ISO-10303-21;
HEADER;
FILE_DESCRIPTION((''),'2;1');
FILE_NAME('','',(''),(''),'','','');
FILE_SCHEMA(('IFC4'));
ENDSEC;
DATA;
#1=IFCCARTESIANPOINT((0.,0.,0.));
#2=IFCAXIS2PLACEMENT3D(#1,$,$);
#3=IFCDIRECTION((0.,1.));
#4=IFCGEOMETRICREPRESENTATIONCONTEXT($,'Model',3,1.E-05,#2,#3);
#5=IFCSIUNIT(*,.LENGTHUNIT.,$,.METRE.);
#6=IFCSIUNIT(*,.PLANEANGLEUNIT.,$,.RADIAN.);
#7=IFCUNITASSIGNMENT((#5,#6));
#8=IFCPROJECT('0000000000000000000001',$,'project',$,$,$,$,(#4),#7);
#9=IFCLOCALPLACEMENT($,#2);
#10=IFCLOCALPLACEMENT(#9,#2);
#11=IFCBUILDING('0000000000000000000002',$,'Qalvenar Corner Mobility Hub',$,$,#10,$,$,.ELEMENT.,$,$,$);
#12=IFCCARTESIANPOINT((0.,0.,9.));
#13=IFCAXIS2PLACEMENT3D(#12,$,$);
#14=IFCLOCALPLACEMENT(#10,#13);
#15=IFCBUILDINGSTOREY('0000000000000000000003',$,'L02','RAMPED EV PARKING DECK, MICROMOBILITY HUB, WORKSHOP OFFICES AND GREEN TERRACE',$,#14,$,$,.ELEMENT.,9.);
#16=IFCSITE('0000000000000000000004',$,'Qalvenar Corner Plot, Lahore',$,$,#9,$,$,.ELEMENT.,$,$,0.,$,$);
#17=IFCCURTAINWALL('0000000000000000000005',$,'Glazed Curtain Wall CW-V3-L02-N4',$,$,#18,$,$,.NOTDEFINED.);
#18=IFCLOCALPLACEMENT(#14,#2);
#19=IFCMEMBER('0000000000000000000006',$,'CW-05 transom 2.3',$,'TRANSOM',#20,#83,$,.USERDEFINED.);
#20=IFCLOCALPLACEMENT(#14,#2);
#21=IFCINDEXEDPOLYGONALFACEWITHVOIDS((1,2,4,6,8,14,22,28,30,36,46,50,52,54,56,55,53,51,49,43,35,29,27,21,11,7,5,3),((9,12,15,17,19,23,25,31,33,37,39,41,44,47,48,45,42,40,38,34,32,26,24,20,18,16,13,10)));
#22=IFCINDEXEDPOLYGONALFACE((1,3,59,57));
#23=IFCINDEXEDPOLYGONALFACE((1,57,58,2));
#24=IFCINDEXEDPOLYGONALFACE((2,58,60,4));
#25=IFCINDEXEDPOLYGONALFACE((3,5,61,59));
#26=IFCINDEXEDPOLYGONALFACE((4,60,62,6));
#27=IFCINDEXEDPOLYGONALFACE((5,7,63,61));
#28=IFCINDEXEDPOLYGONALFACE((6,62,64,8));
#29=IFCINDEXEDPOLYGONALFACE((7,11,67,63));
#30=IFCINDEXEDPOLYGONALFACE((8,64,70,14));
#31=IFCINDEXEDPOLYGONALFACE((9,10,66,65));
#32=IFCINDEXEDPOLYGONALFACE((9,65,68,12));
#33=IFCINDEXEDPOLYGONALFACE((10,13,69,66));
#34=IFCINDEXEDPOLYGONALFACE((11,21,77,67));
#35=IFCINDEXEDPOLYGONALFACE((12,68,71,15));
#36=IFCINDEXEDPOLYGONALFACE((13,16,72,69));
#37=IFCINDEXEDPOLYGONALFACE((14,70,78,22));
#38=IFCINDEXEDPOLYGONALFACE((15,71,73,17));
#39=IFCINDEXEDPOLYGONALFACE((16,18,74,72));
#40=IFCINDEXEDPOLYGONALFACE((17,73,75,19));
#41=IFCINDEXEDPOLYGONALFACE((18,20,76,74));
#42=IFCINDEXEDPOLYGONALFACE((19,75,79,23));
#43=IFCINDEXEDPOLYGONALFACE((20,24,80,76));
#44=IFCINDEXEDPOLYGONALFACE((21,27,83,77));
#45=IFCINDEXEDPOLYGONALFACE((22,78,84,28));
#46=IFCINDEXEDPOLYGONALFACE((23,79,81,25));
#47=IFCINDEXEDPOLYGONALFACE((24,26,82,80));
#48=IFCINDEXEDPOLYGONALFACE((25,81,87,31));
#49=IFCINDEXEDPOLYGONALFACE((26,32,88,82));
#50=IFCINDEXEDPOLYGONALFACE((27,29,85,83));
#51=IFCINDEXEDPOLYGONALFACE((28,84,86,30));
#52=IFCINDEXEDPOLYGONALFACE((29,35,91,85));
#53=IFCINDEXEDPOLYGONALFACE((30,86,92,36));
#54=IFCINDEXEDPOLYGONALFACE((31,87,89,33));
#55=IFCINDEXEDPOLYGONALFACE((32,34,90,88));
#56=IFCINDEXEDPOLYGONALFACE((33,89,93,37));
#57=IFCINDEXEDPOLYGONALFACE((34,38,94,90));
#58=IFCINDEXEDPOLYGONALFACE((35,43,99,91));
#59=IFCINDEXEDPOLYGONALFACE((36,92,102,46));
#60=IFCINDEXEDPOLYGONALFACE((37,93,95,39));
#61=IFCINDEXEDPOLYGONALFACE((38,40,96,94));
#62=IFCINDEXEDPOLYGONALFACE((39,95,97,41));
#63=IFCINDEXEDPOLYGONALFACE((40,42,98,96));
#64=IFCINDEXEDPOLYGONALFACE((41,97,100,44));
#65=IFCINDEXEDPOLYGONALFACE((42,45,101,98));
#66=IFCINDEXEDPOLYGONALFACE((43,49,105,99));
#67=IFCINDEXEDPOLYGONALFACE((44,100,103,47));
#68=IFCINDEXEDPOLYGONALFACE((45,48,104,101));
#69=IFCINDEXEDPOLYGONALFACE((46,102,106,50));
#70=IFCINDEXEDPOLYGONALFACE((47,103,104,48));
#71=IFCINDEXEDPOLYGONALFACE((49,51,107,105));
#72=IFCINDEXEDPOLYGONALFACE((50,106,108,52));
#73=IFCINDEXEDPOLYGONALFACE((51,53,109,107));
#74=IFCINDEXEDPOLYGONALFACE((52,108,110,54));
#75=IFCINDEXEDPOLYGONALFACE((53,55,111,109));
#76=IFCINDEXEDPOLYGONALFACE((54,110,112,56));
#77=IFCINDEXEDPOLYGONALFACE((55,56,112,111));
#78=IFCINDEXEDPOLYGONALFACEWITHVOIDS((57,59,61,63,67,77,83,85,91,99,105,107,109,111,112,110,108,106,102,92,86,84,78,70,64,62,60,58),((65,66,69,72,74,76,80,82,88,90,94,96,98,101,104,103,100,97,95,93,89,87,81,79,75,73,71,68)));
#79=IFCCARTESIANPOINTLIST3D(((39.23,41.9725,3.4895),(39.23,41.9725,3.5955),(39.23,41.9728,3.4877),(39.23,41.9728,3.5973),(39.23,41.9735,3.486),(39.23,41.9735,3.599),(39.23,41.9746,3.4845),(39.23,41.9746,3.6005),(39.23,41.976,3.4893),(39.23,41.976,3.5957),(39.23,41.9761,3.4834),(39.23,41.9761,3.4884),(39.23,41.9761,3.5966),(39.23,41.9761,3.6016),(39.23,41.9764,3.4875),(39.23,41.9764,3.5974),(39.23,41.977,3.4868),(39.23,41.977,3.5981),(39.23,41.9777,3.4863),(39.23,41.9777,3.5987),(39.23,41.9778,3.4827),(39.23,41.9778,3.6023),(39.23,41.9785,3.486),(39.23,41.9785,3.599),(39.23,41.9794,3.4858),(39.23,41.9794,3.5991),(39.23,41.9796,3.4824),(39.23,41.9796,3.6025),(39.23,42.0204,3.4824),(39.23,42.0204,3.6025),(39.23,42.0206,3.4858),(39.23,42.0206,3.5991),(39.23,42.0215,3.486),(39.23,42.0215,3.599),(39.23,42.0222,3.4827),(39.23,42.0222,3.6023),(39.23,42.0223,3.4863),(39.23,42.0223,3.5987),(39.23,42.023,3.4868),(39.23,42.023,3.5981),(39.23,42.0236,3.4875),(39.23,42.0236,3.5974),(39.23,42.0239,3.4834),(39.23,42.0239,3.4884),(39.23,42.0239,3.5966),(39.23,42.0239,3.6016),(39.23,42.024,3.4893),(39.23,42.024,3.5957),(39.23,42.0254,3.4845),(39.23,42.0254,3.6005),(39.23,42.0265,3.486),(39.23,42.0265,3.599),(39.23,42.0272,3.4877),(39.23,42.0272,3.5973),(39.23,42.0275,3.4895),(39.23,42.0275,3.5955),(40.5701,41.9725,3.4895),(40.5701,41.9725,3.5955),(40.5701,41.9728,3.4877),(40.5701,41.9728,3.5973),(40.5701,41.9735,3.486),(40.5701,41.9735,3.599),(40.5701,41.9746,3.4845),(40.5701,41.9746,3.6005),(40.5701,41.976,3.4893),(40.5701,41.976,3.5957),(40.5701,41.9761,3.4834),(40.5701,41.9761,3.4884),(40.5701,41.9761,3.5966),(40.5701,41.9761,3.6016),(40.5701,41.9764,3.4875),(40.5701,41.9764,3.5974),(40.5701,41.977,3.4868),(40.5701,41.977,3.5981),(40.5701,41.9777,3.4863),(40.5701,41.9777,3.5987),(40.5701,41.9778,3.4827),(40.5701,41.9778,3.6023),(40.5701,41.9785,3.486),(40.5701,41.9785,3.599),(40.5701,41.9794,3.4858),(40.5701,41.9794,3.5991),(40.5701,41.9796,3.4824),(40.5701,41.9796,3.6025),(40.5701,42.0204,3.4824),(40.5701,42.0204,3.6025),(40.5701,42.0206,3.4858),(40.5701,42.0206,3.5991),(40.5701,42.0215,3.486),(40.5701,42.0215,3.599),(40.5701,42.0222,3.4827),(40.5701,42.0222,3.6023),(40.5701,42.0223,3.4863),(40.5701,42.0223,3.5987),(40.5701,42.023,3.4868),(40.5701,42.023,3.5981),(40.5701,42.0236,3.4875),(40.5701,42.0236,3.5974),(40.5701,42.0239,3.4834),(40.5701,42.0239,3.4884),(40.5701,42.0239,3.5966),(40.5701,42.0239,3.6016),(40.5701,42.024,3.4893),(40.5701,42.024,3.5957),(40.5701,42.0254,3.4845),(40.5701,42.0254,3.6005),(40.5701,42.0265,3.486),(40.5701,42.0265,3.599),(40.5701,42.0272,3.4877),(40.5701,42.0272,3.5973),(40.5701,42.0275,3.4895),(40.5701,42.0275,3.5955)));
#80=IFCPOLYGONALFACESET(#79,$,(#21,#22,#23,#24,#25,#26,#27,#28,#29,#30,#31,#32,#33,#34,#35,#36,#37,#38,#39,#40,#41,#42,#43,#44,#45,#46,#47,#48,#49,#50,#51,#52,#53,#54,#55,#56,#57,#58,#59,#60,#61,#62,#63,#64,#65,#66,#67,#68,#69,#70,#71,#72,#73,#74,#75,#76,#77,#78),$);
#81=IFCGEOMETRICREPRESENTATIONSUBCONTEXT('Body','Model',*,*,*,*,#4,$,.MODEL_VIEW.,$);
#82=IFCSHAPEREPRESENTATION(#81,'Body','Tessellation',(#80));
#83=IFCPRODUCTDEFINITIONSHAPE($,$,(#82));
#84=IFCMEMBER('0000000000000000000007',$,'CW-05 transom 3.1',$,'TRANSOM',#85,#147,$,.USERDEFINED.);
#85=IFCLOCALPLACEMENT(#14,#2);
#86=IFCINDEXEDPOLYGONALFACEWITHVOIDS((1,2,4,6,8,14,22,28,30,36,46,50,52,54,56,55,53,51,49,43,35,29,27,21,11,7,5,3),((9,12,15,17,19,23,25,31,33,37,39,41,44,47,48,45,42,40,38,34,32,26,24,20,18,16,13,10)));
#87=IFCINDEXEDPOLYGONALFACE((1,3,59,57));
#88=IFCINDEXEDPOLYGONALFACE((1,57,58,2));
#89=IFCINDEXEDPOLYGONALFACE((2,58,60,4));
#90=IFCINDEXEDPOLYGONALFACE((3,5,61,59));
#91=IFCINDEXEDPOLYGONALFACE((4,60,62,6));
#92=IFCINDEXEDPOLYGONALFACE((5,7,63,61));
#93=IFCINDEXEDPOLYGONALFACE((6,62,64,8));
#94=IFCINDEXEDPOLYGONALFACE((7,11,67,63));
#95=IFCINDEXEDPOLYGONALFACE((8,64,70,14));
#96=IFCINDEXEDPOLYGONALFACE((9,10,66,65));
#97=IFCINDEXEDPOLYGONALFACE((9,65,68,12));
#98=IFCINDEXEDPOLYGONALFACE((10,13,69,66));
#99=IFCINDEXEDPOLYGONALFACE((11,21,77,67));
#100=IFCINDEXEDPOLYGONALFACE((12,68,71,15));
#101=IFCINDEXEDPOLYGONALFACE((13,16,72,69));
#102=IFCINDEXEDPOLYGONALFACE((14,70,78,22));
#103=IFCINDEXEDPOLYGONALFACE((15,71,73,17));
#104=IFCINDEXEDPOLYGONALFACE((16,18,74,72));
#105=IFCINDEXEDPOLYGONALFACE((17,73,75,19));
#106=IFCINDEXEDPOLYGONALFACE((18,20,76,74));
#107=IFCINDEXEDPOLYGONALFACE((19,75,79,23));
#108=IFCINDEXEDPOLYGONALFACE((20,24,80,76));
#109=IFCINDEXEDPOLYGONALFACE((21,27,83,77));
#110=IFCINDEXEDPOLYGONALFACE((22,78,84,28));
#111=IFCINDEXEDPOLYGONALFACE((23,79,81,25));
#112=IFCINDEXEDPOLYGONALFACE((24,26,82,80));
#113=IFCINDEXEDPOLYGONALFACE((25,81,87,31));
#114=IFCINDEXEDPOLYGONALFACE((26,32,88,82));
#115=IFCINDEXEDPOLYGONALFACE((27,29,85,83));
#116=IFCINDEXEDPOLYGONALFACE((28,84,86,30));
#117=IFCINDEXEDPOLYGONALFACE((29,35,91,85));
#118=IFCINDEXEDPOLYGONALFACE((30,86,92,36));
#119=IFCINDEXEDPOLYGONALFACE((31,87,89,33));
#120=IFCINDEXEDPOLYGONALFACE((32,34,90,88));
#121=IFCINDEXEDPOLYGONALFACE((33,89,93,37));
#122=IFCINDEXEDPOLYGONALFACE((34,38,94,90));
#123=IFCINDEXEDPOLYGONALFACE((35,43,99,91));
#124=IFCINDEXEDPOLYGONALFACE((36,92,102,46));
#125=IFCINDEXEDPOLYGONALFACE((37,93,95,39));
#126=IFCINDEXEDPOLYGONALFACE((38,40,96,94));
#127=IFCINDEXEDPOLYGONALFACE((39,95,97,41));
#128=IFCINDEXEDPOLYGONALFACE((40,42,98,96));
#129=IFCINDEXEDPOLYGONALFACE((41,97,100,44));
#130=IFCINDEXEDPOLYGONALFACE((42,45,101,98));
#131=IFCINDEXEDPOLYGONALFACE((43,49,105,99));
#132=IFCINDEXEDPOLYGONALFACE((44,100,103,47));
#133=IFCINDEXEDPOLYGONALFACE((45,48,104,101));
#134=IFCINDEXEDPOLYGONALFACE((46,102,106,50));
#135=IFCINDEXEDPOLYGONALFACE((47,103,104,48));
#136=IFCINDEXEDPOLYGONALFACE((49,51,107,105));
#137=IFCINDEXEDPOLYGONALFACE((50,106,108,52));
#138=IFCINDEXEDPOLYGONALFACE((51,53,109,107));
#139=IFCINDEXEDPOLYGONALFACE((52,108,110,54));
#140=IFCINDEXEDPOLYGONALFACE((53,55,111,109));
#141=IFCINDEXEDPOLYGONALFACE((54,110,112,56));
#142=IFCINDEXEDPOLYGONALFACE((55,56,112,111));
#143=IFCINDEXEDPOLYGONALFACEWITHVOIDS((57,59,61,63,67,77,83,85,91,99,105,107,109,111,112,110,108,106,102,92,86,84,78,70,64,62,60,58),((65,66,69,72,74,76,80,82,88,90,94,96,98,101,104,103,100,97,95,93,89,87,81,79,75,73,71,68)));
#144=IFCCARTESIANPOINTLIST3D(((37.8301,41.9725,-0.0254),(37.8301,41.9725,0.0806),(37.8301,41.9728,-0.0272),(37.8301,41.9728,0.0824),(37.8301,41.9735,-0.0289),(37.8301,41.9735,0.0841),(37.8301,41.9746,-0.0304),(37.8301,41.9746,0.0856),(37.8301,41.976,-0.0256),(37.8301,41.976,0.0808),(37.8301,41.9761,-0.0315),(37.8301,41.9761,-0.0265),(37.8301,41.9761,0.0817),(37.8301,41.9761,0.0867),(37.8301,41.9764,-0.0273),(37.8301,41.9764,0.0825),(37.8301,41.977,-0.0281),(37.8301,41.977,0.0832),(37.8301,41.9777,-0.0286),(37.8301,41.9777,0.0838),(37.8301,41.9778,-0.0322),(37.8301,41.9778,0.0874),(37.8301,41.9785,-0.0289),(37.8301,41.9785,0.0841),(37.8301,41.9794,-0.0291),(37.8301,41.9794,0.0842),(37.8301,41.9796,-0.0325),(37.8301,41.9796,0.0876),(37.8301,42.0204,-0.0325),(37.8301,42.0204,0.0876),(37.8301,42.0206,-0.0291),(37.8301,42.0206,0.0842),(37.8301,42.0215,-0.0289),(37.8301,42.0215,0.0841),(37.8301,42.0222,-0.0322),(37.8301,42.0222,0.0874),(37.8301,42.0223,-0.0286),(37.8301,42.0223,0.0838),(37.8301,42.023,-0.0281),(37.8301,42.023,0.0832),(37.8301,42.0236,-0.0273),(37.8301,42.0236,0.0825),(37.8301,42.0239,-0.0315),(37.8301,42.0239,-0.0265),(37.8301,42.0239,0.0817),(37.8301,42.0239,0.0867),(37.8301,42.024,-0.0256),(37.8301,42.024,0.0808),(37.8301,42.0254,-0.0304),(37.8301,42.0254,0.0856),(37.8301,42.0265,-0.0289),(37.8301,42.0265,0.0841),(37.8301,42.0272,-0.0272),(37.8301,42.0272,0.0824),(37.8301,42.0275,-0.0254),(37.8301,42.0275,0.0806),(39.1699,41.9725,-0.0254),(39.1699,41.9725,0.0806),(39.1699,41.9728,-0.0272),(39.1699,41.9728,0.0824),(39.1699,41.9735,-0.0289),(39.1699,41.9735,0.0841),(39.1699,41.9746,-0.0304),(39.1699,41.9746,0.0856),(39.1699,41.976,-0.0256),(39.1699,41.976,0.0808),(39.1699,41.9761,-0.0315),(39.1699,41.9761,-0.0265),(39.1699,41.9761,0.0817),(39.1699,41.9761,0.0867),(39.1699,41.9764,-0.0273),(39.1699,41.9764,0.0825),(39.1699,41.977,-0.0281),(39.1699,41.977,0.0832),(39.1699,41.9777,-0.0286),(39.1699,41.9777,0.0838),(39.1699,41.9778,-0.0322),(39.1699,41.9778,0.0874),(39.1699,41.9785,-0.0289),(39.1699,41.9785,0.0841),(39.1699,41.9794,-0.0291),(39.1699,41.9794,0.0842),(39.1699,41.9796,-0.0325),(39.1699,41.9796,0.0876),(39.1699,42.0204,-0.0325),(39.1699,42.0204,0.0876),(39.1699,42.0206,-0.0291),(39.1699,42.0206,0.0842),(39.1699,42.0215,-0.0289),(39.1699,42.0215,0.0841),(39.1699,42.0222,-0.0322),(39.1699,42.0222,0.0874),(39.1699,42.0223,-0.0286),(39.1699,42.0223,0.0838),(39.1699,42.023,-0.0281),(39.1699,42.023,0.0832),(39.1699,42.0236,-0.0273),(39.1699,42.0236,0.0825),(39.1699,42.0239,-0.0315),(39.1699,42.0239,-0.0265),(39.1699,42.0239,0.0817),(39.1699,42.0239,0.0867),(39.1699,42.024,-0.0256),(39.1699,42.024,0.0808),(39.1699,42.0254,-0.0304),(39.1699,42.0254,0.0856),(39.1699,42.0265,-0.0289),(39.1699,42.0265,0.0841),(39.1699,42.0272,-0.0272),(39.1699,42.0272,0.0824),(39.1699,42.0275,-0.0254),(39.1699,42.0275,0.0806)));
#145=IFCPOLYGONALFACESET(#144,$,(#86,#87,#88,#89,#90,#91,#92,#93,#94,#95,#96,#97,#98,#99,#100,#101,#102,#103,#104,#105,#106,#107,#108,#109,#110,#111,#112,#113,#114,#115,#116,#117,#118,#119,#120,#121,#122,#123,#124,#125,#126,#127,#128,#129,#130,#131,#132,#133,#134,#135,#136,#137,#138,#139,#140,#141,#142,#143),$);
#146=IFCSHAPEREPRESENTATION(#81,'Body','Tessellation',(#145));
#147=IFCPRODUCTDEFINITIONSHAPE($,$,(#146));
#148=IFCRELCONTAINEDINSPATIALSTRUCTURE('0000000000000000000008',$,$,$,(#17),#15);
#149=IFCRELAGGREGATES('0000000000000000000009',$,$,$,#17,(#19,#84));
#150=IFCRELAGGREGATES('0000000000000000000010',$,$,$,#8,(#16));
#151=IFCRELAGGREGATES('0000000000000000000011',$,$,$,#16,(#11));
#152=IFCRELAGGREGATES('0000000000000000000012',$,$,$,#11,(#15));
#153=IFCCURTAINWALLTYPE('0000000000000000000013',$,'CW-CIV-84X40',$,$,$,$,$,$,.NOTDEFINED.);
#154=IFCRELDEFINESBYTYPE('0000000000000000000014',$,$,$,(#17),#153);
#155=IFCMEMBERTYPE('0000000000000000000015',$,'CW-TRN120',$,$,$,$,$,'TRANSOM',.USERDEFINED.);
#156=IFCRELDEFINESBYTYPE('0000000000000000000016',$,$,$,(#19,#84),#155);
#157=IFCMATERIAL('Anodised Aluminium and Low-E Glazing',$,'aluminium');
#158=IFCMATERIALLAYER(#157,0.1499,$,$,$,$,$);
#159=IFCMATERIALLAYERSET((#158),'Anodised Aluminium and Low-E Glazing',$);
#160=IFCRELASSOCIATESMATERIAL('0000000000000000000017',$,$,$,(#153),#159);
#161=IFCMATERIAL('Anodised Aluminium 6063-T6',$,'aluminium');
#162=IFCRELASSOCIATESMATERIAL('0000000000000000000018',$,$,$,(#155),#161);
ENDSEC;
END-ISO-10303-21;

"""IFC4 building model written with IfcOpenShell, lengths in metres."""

from ifc_helpers import new_model, si_unit, direction, frame, origin, origin_2d, place, context, subcontext, project, spatial, hollow_rectangle, extrude, material, layer, layer_set, material_profile, profile_set, type_object, element, aggregate, save


model = new_model("IFC4")

# Units and contexts
model_context = context("Model", 3, precision=1e-05, world=origin(), true_north=direction((0.0, 1.0)))
body_context = subcontext(model_context, "Body", "Model", "MODEL_VIEW")
ifc_project = project(units=[si_unit("LENGTHUNIT", "METRE"), si_unit("PLANEANGLEUNIT", "RADIAN")], contexts=[model_context])

# Site, building, storey
site_placement = place(None, origin())
site = spatial("IfcSite", under=ifc_project, at=site_placement, Name="Qalvenar Corner Plot, Lahore", CompositionType="ELEMENT", RefElevation=0.0)
building_placement = place(site_placement, origin())
building = spatial("IfcBuilding", under=site, at=building_placement, Name="Qalvenar Corner Mobility Hub", CompositionType="ELEMENT")
storey_placement = place(building_placement, frame((0.0, 0.0, 9.0)))
storey = spatial("IfcBuildingStorey", under=building, at=storey_placement, Name="L02", Description="RAMPED EV PARKING DECK, MICROMOBILITY HUB, WORKSHOP OFFICES AND GREEN TERRACE", CompositionType="ELEMENT", Elevation=9.0)

# Curtain wall, members
ifc_material_1 = material(Name="Anodised Aluminium and Low-E Glazing", Category="aluminium")
ifc_layer_1 = layer(ifc_material_1, 0.1499)
ifc_layer_set_1 = layer_set([ifc_layer_1], Name="Anodised Aluminium and Low-E Glazing")
curtain_wall_type = type_object("IfcCurtainWallType", Name="CW-CIV-84X40", PredefinedType="NOTDEFINED", material=ifc_layer_set_1)
curtain_wall_placement = place(storey_placement, origin())
curtain_wall = element("IfcCurtainWall", 1, at=curtain_wall_placement, inside=storey, type_object=curtain_wall_type, Name="Glazed Curtain Wall CW-V3-L02-N4", PredefinedType="NOTDEFINED")
ifc_material_2 = material(Name="Anodised Aluminium 6063-T6", Category="aluminium")
ifc_material_profile_1 = material_profile(ifc_material_2, hollow_rectangle(XDim=0.0549, YDim=0.1201, WallThickness=0.0034, InnerFilletRadius=0.0034, OuterFilletRadius=0.0071, at=origin_2d()), Name="RHS120x55x3.5")
ifc_profile_set_1 = profile_set([ifc_material_profile_1], Name="Anodised Aluminium 6063-T6")
member_type_1 = type_object("IfcMemberType", Name="CW-TRN120", ElementType="TRANSOM", PredefinedType="USERDEFINED", material=ifc_profile_set_1)
member_1_placement = place(storey_placement, frame((40.5701, 42.0, 3.5425), z_axis=(-1.0, 0.0, 0.0), x_axis=(0.0, -1.0, 0.0)))
member_1 = element("IfcMember", 2, at=member_1_placement, type_object=member_type_1, Name="CW-05 transom 2.3", ObjectType="TRANSOM", PredefinedType="USERDEFINED", context=body_context, shape_type="SweptSolid", body=[
    extrude(hollow_rectangle(XDim=0.0549, YDim=0.1201, WallThickness=0.0034, InnerFilletRadius=0.0034, OuterFilletRadius=0.0071, at=origin_2d()), origin(), (0.0, 0.0, 1.0), 1.3401),
])
member_2_placement = place(storey_placement, frame((39.1699, 42.0, 0.0276), z_axis=(-1.0, 0.0, 0.0), x_axis=(0.0, -1.0, 0.0)))
member_2 = element("IfcMember", 3, at=member_2_placement, type_object=member_type_1, Name="CW-05 transom 3.1", ObjectType="TRANSOM", PredefinedType="USERDEFINED", context=body_context, shape_type="SweptSolid", body=[
    extrude(hollow_rectangle(XDim=0.0549, YDim=0.1201, WallThickness=0.0034, InnerFilletRadius=0.0034, OuterFilletRadius=0.0071, at=origin_2d()), origin(), (0.0, 0.0, 1.0), 1.3398),
])
aggregate(curtain_wall, [member_1, member_2])

save(model, "model.ifc")
